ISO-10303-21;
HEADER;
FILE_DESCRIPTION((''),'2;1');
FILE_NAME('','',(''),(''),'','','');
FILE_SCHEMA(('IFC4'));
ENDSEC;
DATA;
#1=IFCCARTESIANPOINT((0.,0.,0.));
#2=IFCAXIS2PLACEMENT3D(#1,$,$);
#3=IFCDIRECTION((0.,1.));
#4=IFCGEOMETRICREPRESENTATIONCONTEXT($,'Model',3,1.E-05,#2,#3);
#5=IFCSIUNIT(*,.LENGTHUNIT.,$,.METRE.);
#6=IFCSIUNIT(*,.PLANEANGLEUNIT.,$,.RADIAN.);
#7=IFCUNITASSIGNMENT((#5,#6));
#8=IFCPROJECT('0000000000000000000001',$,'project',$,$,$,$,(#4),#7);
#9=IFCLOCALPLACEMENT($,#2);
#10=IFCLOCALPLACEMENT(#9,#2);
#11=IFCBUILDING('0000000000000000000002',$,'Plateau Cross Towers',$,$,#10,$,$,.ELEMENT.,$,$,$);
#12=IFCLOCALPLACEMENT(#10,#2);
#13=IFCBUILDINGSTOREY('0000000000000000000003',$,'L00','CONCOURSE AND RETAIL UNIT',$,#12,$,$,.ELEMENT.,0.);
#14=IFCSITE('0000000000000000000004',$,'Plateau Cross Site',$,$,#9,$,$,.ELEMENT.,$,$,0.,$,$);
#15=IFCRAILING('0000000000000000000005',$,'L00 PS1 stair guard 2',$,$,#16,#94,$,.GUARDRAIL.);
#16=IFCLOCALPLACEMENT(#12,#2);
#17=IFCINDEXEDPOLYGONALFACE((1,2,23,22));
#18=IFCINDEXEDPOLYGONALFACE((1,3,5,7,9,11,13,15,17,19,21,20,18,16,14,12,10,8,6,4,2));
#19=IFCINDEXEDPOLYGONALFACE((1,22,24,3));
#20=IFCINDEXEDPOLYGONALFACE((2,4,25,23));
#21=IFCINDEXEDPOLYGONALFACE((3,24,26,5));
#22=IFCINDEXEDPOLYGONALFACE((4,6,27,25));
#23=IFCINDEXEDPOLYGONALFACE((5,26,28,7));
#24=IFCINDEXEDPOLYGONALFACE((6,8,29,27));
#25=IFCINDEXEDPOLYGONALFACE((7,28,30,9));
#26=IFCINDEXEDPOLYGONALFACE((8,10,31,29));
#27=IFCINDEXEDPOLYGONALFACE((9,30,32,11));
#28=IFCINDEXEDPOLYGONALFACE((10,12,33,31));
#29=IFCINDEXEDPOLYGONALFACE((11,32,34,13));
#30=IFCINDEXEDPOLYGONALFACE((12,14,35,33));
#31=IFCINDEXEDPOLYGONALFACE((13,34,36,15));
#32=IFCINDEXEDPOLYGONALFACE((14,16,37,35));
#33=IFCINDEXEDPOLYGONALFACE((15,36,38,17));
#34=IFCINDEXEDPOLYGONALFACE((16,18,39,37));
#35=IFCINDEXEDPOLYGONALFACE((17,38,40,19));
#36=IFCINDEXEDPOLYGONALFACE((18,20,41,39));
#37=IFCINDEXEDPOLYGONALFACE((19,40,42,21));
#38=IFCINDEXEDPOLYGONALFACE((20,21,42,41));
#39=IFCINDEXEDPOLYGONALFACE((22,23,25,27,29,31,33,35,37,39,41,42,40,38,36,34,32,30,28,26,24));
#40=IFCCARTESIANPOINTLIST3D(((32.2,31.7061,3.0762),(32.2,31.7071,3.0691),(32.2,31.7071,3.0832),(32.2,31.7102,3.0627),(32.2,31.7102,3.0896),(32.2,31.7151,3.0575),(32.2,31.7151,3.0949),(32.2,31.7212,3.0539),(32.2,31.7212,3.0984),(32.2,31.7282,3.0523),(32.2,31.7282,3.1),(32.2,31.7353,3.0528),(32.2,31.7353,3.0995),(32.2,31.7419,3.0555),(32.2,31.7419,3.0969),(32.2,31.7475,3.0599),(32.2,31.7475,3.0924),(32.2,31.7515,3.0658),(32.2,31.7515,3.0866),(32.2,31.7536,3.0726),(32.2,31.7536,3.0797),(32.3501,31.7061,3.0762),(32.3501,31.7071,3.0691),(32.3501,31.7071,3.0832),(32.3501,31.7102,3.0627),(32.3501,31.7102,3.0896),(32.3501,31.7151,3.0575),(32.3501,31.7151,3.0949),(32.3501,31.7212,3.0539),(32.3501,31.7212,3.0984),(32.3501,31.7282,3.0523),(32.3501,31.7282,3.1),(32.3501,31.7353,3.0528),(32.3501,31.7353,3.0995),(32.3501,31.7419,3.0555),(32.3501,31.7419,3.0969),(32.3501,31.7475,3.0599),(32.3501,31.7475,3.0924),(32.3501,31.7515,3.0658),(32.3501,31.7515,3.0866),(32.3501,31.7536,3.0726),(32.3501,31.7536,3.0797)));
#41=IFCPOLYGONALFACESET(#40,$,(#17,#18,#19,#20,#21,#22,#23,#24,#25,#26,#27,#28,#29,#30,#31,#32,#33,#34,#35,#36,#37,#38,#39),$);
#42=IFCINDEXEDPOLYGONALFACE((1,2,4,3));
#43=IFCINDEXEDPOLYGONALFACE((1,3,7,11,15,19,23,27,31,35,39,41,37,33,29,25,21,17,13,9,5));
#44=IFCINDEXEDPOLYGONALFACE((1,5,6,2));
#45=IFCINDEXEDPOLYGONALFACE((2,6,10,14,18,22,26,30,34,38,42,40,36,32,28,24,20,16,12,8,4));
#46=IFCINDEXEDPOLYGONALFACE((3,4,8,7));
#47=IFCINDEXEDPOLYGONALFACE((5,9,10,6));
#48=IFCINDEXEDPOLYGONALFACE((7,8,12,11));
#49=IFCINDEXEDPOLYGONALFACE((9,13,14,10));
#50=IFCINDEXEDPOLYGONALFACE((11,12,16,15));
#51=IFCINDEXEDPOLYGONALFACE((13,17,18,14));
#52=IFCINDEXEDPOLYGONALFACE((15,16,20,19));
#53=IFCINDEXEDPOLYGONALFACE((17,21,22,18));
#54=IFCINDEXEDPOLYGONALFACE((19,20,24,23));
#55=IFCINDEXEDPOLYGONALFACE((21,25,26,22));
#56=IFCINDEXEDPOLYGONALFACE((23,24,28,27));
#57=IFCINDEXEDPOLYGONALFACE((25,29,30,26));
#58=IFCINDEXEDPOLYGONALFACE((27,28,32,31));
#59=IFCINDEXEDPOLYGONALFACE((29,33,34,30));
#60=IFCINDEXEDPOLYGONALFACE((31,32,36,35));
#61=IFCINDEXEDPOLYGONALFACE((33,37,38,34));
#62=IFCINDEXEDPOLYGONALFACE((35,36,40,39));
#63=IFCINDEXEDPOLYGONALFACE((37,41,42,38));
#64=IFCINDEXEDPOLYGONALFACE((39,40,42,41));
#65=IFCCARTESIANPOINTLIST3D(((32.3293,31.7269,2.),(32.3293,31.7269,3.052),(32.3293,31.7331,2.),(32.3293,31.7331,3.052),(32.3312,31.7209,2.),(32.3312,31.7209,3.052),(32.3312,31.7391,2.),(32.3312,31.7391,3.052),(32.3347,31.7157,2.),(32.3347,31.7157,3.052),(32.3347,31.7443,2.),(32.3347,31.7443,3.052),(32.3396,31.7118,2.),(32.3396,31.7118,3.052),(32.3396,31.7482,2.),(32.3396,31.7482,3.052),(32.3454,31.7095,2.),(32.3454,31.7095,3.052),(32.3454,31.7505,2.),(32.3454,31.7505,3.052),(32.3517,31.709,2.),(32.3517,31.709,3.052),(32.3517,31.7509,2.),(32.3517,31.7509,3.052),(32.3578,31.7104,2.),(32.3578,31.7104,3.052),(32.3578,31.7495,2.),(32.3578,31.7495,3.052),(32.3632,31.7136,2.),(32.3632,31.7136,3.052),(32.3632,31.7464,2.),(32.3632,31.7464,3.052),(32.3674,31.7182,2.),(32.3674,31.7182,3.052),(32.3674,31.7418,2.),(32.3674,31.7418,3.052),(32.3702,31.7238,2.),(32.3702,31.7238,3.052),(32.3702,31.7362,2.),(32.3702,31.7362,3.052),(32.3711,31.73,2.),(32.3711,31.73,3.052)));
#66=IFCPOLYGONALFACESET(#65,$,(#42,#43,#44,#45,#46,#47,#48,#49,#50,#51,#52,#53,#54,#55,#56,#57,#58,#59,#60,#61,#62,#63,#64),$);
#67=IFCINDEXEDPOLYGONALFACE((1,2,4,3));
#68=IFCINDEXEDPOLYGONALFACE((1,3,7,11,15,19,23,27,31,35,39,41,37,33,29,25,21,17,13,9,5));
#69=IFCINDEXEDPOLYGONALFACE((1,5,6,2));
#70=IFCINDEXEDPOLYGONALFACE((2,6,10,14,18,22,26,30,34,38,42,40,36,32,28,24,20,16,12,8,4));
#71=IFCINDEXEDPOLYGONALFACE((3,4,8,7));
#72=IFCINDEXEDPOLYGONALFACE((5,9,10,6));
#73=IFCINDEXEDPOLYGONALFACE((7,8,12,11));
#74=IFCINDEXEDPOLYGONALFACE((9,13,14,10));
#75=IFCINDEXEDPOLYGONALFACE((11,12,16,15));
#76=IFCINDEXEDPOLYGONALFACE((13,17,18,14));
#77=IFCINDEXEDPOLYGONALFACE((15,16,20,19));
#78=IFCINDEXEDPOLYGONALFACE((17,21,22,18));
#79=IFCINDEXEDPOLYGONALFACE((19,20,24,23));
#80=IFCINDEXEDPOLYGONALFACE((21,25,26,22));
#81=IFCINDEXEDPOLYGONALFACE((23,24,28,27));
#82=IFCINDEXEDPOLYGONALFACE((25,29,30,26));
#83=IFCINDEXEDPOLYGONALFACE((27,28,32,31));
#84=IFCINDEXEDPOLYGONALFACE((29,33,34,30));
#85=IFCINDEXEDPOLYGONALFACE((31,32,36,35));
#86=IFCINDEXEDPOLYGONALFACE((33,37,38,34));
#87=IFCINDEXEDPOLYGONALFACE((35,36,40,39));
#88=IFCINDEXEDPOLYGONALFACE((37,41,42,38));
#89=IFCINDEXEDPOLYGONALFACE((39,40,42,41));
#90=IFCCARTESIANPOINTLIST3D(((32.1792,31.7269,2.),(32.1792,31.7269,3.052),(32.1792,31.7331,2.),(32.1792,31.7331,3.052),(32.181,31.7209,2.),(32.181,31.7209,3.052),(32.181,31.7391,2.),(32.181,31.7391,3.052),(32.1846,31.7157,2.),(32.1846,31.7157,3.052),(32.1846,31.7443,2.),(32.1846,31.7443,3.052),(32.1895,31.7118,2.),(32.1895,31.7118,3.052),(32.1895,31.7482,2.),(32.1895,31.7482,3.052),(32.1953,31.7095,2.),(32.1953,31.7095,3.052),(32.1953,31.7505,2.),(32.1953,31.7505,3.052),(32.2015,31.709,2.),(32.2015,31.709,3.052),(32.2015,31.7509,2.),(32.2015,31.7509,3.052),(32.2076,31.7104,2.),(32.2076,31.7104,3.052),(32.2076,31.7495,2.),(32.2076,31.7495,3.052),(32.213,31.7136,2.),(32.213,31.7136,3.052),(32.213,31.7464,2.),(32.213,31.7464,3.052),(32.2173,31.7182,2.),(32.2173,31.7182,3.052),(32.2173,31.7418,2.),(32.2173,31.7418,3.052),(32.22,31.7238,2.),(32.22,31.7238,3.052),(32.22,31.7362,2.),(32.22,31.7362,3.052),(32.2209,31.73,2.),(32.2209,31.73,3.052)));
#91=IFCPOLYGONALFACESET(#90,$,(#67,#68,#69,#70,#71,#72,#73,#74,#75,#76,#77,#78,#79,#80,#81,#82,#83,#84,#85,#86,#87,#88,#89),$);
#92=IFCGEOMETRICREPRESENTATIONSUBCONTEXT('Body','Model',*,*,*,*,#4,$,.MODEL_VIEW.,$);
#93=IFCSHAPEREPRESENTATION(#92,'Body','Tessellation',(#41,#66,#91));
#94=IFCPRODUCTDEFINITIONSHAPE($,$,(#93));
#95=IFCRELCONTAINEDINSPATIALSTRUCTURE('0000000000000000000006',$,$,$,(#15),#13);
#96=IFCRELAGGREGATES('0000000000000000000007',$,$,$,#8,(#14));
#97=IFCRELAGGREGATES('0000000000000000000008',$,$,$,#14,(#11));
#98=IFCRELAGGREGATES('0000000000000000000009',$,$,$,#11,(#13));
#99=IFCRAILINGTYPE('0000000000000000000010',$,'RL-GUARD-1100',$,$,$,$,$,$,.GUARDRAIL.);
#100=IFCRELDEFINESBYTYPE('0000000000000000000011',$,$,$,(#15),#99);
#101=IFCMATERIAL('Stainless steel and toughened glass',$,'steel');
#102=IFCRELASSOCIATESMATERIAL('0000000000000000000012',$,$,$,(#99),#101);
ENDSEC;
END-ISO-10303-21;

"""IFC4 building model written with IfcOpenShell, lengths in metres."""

from ifc_helpers import new_model, si_unit, direction, frame, origin, origin_2d, place, context, subcontext, project, spatial, circle, extrude, material, type_object, element, save


model = new_model("IFC4")

# Units and contexts
model_context = context("Model", 3, precision=1e-05, world=origin(), true_north=direction((0.0, 1.0)))
body_context = subcontext(model_context, "Body", "Model", "MODEL_VIEW")
ifc_project = project(units=[si_unit("LENGTHUNIT", "METRE"), si_unit("PLANEANGLEUNIT", "RADIAN")], contexts=[model_context])

# Site, building, storey
site_placement = place(None, origin())
site = spatial("IfcSite", under=ifc_project, at=site_placement, Name="Plateau Cross Site", CompositionType="ELEMENT", RefElevation=0.0)
building_placement = place(site_placement, origin())
building = spatial("IfcBuilding", under=site, at=building_placement, Name="Plateau Cross Towers", CompositionType="ELEMENT")
storey_placement = place(building_placement, origin())
storey = spatial("IfcBuildingStorey", under=building, at=storey_placement, Name="L00", Description="CONCOURSE AND RETAIL UNIT", CompositionType="ELEMENT", Elevation=0.0)

# Railing
ifc_material_1 = material(Name="Stainless steel and toughened glass", Category="steel")
railing_type_1 = type_object("IfcRailingType", Name="RL-GUARD-1100", PredefinedType="GUARDRAIL", material=ifc_material_1)
railing_1_placement = place(storey_placement, frame((32.3501, 31.73, 2.0)))
element("IfcRailing", 1, at=railing_1_placement, inside=storey, type_object=railing_type_1, Name="L00 PS1 stair guard 2", PredefinedType="GUARDRAIL", context=body_context, shape_type="SweptSolid", body=[
    extrude(circle(Radius=0.0239, at=origin_2d()), frame((0.0, 0.0, 1.0762), z_axis=(-1.0, 0.0, 0.0), x_axis=(0.0, -1.0, 0.0)), (0.0, 0.0, 1.0), 0.1501),
    extrude(circle(Radius=0.021, at=origin_2d()), origin(), (0.0, 0.0, 1.0), 1.052),
    extrude(circle(Radius=0.021, at=origin_2d()), frame((-0.1501, 0.0, 0.0)), (0.0, 0.0, 1.0), 1.052),
])

save(model, "model.ifc")
